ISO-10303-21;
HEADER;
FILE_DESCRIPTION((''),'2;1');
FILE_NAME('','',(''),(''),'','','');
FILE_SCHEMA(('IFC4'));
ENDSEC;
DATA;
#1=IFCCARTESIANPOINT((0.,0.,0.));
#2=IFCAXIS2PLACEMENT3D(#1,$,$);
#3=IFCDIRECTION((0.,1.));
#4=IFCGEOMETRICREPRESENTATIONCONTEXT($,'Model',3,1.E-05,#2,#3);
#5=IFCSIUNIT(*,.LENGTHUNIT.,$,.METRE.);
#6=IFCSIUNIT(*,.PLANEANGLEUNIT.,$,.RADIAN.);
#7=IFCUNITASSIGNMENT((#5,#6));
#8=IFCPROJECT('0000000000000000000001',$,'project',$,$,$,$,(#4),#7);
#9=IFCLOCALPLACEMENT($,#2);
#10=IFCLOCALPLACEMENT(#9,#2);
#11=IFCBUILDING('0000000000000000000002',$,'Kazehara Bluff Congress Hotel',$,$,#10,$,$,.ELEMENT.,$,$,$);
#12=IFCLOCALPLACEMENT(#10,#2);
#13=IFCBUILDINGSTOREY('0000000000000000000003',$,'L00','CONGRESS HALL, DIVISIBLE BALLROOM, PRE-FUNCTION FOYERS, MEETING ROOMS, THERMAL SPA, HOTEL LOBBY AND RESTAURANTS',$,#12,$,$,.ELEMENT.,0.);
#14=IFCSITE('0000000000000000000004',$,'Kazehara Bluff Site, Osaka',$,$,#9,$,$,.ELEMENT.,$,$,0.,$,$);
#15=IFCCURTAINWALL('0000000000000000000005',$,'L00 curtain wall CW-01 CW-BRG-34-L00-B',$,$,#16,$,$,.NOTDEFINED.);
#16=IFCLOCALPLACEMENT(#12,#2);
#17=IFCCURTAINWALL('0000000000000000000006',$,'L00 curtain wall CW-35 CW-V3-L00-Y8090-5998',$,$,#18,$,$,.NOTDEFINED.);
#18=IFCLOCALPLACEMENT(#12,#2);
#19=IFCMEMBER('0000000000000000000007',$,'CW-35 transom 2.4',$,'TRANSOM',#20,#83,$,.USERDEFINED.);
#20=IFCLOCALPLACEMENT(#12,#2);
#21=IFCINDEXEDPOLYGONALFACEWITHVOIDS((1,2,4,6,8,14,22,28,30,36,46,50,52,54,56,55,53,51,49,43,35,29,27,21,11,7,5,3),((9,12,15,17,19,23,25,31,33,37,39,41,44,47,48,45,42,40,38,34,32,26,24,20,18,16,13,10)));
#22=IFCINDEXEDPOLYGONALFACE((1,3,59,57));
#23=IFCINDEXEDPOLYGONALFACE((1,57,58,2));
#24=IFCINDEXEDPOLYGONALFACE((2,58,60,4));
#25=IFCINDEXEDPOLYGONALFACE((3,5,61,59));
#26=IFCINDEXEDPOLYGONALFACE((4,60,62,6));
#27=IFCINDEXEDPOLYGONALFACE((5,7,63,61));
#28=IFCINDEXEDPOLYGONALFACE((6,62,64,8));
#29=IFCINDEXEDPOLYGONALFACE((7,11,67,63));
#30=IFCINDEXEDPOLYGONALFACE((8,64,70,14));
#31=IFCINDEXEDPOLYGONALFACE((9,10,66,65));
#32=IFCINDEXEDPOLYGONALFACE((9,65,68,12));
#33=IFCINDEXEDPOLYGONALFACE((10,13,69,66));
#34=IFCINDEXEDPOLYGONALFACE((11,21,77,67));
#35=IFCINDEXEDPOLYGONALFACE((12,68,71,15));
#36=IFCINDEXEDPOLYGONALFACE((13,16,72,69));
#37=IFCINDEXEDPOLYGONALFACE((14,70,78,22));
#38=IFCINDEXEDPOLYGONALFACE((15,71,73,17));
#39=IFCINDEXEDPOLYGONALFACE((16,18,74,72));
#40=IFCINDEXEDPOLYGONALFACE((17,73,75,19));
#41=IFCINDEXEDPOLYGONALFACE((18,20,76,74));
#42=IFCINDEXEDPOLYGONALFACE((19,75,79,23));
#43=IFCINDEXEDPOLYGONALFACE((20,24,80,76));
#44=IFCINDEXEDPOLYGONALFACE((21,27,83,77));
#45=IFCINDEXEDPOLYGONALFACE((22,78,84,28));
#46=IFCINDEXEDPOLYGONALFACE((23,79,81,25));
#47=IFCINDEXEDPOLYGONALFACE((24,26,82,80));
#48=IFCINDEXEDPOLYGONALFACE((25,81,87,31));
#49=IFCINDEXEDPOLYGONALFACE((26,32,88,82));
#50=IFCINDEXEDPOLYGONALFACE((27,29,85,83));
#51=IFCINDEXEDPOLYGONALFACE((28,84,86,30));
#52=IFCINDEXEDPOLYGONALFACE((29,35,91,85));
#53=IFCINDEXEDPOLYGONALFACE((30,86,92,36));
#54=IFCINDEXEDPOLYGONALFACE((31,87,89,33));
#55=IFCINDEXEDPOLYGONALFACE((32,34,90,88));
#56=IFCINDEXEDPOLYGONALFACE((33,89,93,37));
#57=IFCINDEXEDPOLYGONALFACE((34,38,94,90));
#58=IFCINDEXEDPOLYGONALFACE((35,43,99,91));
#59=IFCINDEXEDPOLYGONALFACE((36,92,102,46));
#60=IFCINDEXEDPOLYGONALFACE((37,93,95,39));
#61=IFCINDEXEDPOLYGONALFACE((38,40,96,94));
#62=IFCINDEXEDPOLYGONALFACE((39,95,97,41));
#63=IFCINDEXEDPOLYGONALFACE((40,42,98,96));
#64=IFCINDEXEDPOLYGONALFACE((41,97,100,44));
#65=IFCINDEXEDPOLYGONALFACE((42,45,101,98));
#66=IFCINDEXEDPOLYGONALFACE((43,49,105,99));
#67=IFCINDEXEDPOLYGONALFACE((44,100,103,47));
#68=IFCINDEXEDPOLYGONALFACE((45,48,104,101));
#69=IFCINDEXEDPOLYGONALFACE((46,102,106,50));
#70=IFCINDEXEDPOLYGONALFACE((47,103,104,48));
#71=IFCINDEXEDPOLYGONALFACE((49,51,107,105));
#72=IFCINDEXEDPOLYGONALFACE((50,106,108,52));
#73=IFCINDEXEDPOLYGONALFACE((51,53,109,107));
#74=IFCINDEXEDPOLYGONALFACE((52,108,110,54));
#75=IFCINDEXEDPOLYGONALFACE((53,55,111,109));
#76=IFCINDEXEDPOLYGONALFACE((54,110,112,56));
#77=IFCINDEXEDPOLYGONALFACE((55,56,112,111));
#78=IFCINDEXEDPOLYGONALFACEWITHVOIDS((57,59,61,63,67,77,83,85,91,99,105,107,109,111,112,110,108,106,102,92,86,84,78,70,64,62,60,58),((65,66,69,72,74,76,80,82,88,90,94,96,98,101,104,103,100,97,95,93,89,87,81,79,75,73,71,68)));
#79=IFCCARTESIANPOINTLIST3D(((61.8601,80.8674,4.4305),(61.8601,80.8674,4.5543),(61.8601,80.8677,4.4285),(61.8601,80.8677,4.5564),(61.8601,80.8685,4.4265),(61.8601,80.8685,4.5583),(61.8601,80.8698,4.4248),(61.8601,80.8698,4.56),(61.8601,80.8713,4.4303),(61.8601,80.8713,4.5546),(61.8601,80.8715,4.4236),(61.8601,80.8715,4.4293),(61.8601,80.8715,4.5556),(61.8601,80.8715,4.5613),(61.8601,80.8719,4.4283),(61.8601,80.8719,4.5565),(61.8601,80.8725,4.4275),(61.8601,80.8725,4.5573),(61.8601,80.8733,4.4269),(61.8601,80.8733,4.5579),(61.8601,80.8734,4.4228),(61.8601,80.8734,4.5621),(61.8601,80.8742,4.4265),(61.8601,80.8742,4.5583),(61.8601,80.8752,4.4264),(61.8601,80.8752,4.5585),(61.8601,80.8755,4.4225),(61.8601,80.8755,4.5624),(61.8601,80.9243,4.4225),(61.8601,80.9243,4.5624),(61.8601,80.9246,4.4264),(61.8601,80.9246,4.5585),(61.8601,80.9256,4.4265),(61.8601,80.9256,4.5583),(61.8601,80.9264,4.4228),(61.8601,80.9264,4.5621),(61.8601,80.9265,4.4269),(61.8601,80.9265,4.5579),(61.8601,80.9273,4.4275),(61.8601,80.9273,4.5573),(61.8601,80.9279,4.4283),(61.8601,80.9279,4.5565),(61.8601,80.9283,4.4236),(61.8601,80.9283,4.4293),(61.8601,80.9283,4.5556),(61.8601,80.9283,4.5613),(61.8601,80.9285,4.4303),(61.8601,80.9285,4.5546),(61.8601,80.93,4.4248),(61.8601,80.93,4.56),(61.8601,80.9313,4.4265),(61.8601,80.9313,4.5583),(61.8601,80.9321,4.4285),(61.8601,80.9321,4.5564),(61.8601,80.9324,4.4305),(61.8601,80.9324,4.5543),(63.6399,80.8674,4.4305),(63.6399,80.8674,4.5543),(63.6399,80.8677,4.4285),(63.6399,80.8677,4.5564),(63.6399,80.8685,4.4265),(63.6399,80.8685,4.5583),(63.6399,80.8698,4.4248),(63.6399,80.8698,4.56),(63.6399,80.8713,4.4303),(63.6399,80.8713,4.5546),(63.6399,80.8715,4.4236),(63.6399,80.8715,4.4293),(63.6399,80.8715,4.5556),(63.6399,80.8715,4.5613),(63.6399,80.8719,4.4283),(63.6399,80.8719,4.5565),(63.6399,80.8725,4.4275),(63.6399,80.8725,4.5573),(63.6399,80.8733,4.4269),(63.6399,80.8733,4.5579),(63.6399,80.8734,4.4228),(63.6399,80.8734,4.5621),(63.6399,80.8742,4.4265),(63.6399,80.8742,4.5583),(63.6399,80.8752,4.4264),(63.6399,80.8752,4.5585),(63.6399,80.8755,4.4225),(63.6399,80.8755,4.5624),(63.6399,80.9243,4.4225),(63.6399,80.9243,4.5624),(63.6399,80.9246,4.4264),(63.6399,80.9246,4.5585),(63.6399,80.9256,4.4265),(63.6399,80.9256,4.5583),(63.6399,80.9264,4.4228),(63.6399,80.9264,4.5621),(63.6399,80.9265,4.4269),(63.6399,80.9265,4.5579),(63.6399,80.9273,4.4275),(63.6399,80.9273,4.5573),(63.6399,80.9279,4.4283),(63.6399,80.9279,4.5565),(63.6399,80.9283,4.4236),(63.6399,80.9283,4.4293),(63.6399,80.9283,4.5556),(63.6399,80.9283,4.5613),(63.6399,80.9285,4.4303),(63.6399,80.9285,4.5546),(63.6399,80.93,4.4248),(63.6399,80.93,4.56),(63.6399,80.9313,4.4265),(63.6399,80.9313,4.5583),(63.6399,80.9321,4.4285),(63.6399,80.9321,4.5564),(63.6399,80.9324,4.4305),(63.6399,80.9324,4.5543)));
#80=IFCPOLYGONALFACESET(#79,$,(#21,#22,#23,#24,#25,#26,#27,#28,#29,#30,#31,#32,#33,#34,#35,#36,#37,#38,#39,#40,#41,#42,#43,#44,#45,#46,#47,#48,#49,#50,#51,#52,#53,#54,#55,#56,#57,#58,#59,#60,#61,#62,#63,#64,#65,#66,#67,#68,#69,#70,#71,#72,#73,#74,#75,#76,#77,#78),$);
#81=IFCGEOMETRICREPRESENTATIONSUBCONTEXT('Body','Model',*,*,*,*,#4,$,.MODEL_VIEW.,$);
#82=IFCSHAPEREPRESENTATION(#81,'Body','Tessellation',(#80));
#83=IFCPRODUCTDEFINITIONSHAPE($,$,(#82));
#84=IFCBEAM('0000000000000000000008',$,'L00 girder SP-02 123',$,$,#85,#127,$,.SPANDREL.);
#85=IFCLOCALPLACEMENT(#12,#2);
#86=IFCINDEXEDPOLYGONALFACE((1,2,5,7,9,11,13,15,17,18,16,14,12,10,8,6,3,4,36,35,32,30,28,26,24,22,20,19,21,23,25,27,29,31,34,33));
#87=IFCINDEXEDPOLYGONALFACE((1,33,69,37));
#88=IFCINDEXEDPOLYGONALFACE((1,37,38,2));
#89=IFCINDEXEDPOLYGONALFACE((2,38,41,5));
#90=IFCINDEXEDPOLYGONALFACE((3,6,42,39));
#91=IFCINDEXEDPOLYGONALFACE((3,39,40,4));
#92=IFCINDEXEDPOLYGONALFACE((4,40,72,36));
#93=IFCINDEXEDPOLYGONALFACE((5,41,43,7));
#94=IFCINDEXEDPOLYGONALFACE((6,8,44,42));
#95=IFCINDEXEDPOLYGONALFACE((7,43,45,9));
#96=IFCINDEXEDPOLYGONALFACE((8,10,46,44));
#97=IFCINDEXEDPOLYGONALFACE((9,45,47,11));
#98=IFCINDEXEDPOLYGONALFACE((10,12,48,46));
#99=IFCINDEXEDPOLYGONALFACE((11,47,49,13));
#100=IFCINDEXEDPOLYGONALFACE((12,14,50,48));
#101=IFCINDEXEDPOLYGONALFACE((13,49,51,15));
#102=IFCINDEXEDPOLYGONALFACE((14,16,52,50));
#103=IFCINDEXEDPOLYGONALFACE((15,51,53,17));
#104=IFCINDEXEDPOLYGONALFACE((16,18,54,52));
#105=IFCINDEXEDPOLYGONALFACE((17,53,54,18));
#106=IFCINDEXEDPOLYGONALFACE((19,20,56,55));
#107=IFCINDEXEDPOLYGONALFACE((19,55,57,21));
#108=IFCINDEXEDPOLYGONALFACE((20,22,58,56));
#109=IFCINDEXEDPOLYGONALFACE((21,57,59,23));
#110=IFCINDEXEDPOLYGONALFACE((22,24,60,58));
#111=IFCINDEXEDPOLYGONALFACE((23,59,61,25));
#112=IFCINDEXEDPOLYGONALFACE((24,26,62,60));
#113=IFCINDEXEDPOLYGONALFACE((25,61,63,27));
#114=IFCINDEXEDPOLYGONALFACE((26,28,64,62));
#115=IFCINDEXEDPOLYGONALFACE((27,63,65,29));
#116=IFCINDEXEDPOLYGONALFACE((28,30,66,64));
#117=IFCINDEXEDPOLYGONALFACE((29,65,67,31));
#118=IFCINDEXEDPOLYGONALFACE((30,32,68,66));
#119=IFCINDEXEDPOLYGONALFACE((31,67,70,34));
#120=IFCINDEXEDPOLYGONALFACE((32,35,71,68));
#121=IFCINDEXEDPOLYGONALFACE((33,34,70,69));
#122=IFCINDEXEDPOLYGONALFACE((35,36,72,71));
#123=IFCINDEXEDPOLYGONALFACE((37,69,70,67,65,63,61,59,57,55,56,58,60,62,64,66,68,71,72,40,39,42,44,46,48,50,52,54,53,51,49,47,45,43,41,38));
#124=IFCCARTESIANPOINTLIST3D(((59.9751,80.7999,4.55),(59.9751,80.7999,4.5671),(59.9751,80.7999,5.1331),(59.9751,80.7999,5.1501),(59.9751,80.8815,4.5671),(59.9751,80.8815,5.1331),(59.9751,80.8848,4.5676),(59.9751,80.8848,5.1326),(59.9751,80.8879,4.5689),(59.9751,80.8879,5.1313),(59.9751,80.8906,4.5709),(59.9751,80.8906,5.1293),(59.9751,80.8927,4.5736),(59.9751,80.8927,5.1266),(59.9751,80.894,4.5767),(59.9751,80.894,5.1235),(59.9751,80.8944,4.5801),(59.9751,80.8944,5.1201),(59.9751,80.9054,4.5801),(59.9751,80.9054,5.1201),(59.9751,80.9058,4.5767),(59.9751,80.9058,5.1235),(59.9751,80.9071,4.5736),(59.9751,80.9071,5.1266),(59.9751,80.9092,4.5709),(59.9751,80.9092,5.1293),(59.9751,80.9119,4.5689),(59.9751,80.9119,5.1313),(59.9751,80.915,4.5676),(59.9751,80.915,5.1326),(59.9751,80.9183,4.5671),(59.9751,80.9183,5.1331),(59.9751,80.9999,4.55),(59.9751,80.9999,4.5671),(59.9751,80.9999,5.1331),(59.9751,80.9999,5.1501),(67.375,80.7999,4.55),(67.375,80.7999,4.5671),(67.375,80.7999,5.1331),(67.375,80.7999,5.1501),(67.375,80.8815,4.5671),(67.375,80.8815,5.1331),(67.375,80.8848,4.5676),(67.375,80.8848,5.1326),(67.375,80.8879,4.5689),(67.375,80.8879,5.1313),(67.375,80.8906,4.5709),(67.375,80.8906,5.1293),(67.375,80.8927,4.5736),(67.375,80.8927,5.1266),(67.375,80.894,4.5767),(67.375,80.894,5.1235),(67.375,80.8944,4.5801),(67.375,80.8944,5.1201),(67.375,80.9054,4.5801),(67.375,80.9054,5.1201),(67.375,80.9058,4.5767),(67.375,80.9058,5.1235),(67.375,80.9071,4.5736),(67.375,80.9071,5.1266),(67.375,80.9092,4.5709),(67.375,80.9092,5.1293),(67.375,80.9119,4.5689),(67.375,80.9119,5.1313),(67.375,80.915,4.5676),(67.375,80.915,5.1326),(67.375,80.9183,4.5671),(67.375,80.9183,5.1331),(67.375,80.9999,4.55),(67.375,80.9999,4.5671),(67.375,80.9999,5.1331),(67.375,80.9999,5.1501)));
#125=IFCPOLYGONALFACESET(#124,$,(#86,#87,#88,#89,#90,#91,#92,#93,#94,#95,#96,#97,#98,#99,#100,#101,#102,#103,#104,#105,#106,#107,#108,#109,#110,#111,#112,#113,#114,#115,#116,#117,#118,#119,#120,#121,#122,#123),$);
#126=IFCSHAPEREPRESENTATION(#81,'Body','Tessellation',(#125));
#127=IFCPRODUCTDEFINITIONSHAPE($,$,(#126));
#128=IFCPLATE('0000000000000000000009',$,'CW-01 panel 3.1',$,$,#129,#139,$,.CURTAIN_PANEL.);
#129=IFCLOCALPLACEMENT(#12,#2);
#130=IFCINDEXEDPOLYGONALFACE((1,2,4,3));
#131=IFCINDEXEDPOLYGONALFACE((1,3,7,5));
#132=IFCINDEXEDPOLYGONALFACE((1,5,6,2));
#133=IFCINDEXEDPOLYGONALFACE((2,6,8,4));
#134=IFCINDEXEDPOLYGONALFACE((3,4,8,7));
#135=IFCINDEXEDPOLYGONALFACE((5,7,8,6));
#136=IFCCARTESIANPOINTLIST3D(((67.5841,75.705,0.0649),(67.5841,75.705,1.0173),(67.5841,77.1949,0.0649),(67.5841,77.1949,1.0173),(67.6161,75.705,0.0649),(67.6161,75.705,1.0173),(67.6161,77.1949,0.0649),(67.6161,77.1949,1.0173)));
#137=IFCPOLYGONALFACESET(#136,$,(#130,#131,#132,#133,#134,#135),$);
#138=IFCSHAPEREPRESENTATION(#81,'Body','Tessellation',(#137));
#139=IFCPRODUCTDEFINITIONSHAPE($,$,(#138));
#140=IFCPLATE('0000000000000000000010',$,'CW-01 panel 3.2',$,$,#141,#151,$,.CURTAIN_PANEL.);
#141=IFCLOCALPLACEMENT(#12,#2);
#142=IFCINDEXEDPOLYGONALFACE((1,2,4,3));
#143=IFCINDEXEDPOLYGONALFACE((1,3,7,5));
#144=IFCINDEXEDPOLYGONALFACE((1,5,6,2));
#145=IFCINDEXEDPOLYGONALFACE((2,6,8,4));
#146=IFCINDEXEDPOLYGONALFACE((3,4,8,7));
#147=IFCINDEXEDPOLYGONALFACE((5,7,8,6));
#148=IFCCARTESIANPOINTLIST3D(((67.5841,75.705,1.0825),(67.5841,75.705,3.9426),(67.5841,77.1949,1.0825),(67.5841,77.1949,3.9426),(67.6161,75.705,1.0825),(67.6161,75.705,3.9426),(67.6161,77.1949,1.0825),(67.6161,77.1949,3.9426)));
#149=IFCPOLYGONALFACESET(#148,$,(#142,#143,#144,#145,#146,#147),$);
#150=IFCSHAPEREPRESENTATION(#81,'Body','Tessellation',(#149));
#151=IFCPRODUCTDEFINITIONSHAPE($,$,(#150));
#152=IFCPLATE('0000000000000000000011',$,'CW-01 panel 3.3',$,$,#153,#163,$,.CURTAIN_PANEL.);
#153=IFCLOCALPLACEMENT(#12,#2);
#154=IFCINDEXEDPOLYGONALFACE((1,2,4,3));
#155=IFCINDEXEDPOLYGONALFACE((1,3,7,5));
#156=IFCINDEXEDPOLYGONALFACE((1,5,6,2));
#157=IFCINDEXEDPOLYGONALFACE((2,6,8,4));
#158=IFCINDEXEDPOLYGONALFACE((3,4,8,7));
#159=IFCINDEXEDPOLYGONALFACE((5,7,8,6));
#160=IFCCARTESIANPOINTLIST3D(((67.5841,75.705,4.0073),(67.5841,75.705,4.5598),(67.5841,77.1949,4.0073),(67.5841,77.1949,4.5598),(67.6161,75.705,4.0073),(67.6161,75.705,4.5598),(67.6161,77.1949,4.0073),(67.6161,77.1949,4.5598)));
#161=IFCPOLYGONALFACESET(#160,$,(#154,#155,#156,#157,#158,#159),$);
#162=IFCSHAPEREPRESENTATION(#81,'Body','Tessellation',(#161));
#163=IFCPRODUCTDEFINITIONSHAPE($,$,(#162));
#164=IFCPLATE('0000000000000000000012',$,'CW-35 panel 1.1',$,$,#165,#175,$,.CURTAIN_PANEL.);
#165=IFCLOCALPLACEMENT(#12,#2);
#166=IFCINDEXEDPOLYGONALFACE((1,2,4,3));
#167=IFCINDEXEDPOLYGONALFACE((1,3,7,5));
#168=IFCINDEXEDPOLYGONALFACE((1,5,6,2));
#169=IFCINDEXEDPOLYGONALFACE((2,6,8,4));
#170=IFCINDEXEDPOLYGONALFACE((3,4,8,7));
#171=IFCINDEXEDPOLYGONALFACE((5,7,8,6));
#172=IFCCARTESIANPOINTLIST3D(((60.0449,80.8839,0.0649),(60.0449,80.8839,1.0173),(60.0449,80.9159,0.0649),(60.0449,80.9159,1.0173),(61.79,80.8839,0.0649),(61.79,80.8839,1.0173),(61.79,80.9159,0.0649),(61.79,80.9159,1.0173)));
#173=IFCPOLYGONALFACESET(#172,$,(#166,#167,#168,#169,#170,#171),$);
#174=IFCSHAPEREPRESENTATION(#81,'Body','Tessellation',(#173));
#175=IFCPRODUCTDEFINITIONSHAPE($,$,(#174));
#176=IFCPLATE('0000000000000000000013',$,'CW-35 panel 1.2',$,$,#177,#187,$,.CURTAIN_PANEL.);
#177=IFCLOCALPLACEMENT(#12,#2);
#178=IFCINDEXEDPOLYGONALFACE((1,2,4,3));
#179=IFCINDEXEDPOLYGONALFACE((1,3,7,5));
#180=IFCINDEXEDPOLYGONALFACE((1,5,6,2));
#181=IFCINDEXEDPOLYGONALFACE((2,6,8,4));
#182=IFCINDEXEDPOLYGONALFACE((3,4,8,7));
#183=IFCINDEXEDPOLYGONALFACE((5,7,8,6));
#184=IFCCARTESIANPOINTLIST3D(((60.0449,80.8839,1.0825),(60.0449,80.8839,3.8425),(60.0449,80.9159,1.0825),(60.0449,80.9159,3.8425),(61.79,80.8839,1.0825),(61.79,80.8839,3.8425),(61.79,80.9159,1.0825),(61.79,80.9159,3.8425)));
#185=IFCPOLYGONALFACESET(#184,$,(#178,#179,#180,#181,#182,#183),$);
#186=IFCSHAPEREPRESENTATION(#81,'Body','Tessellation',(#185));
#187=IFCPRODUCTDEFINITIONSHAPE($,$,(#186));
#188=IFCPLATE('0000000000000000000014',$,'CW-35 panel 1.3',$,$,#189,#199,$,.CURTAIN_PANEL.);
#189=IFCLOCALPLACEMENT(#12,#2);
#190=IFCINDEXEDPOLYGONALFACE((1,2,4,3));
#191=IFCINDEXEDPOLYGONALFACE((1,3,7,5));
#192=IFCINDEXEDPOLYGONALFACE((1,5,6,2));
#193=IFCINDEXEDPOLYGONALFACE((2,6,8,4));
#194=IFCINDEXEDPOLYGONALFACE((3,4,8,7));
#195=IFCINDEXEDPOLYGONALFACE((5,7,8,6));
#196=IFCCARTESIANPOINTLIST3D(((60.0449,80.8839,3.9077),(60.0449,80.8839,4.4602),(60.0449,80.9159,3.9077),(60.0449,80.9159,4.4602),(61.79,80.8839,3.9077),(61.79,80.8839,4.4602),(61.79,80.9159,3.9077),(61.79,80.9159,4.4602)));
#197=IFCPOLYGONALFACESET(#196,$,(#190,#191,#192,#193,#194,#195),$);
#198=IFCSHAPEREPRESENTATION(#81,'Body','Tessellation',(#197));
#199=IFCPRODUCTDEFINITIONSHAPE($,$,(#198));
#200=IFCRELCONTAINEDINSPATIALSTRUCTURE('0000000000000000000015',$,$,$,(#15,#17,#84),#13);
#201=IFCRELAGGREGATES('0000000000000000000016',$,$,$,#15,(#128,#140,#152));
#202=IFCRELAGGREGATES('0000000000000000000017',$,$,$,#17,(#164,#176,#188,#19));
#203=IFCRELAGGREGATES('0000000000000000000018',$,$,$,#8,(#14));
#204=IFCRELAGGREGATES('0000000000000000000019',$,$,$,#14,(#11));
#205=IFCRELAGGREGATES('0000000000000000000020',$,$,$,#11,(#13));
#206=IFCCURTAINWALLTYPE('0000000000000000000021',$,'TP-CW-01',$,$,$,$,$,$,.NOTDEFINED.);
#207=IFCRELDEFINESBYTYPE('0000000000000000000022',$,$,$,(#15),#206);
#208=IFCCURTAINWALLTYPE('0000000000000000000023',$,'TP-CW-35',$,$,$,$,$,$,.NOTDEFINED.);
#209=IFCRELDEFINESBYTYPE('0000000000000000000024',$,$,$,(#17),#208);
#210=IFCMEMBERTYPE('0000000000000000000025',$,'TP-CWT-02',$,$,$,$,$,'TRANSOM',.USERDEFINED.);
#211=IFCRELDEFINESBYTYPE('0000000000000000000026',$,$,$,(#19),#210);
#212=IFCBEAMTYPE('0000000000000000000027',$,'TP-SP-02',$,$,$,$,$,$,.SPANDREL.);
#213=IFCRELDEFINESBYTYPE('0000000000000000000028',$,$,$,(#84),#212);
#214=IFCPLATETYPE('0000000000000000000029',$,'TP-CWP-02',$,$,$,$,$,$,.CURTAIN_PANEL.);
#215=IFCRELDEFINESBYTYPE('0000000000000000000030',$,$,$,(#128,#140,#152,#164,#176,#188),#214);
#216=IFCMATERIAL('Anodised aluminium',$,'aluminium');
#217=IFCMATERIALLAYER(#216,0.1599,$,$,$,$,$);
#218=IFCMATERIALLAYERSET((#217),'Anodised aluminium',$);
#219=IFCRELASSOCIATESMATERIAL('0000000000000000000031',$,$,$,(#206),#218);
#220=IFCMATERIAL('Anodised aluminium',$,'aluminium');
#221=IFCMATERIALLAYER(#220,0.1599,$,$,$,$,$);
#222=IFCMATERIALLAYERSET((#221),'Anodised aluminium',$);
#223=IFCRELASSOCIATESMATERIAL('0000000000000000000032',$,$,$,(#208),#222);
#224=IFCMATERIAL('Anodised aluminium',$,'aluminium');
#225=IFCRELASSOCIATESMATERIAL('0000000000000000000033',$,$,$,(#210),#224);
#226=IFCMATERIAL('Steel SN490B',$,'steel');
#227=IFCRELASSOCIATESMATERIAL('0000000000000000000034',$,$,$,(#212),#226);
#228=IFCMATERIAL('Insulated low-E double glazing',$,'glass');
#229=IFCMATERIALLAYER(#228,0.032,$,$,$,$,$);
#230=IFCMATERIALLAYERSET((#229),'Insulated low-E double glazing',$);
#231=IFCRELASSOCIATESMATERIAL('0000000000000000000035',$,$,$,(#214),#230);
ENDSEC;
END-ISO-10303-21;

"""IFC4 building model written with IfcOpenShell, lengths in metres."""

from ifc_helpers import new_model, si_unit, direction, frame, origin, origin_2d, place, context, subcontext, project, spatial, rectangle, hollow_rectangle, i_section, extrude, material, layer, layer_set, material_profile, profile_set, type_object, element, aggregate, save


model = new_model("IFC4")

# Units and contexts
model_context = context("Model", 3, precision=1e-05, world=origin(), true_north=direction((0.0, 1.0)))
body_context = subcontext(model_context, "Body", "Model", "MODEL_VIEW")
ifc_project = project(units=[si_unit("LENGTHUNIT", "METRE"), si_unit("PLANEANGLEUNIT", "RADIAN")], contexts=[model_context])

# Site, building, storey
site_placement = place(None, origin())
site = spatial("IfcSite", under=ifc_project, at=site_placement, Name="Kazehara Bluff Site, Osaka", CompositionType="ELEMENT", RefElevation=0.0)
building_placement = place(site_placement, origin())
building = spatial("IfcBuilding", under=site, at=building_placement, Name="Kazehara Bluff Congress Hotel", CompositionType="ELEMENT")
storey_placement = place(building_placement, origin())
storey = spatial("IfcBuildingStorey", under=building, at=storey_placement, Name="L00", Description="CONGRESS HALL, DIVISIBLE BALLROOM, PRE-FUNCTION FOYERS, MEETING ROOMS, THERMAL SPA, HOTEL LOBBY AND RESTAURANTS", CompositionType="ELEMENT", Elevation=0.0)

# Curtain walls
ifc_material_1 = material(Name="Anodised aluminium", Category="aluminium")
ifc_layer_1 = layer(ifc_material_1, 0.1599)
ifc_layer_set_1 = layer_set([ifc_layer_1], Name="Anodised aluminium")
curtain_wall_type_1 = type_object("IfcCurtainWallType", Name="TP-CW-01", PredefinedType="NOTDEFINED", material=ifc_layer_set_1)
curtain_wall_1_placement = place(storey_placement, origin())
curtain_wall_1 = element("IfcCurtainWall", 1, at=curtain_wall_1_placement, inside=storey, type_object=curtain_wall_type_1, Name="L00 curtain wall CW-01 CW-BRG-34-L00-B", PredefinedType="NOTDEFINED")
ifc_material_2 = material(Name="Anodised aluminium", Category="aluminium")
ifc_layer_2 = layer(ifc_material_2, 0.1599)
ifc_layer_set_2 = layer_set([ifc_layer_2], Name="Anodised aluminium")
curtain_wall_type_2 = type_object("IfcCurtainWallType", Name="TP-CW-35", PredefinedType="NOTDEFINED", material=ifc_layer_set_2)
curtain_wall_2_placement = place(storey_placement, origin())
curtain_wall_2 = element("IfcCurtainWall", 2, at=curtain_wall_2_placement, inside=storey, type_object=curtain_wall_type_2, Name="L00 curtain wall CW-35 CW-V3-L00-Y8090-5998", PredefinedType="NOTDEFINED")

# Member
ifc_material_3 = material(Name="Anodised aluminium", Category="aluminium")
ifc_material_profile_1 = material_profile(ifc_material_3, hollow_rectangle(XDim=0.0649, YDim=0.1399, WallThickness=0.0039, InnerFilletRadius=0.0039, OuterFilletRadius=0.0081, at=origin_2d()))
ifc_profile_set_1 = profile_set([ifc_material_profile_1], Name="Anodised aluminium")
member_type_1 = type_object("IfcMemberType", Name="TP-CWT-02", ElementType="TRANSOM", PredefinedType="USERDEFINED", material=ifc_profile_set_1)
member_1_placement = place(storey_placement, frame((61.8601, 80.8999, 4.4924), z_axis=(1.0, 0.0, 0.0), x_axis=(0.0, 1.0, 0.0)))
member_1 = element("IfcMember", 3, at=member_1_placement, type_object=member_type_1, Name="CW-35 transom 2.4", ObjectType="TRANSOM", PredefinedType="USERDEFINED", context=body_context, shape_type="SweptSolid", body=[
    extrude(hollow_rectangle(XDim=0.0649, YDim=0.1399, WallThickness=0.0039, InnerFilletRadius=0.0039, OuterFilletRadius=0.0081, at=origin_2d()), origin(), (0.0, 0.0, 1.0), 1.7798),
])

# Beam
ifc_material_4 = material(Name="Steel SN490B", Category="steel")
ifc_material_profile_2 = material_profile(ifc_material_4, i_section(OverallWidth=0.2, OverallDepth=0.6001, WebThickness=0.011, FlangeThickness=0.0171, FilletRadius=0.0129, at=origin_2d()))
ifc_profile_set_2 = profile_set([ifc_material_profile_2], Name="Steel SN490B")
beam_type = type_object("IfcBeamType", Name="TP-SP-02", PredefinedType="SPANDREL", material=ifc_profile_set_2)
beam_placement = place(storey_placement, frame((59.9751, 80.8999, 4.8501), z_axis=(1.0, 0.0, 0.0), x_axis=(0.0, 1.0, 0.0)))
element("IfcBeam", 4, at=beam_placement, inside=storey, type_object=beam_type, Name="L00 girder SP-02 123", PredefinedType="SPANDREL", context=body_context, shape_type="SweptSolid", body=[
    extrude(i_section(OverallWidth=0.2, OverallDepth=0.6001, WebThickness=0.011, FlangeThickness=0.0171, FilletRadius=0.0129, at=origin_2d()), origin(), (0.0, 0.0, 1.0), 7.3999),
])

# Plates
ifc_material_5 = material(Name="Insulated low-E double glazing", Category="glass")
ifc_layer_3 = layer(ifc_material_5, 0.032)
ifc_layer_set_3 = layer_set([ifc_layer_3], Name="Insulated low-E double glazing")
plate_type = type_object("IfcPlateType", Name="TP-CWP-02", PredefinedType="CURTAIN_PANEL", material=ifc_layer_set_3)
plate_1_placement = place(storey_placement, frame((67.6001, 76.45, 0.0649), z_axis=(0.0, 0.0, 1.0), x_axis=(0.0, 1.0, 0.0)))
plate_1 = element("IfcPlate", 5, at=plate_1_placement, type_object=plate_type, Name="CW-01 panel 3.1", PredefinedType="CURTAIN_PANEL", context=body_context, shape_type="SweptSolid", body=[
    extrude(rectangle(XDim=1.49, YDim=0.032, at=origin_2d()), origin(), (0.0, 0.0, 1.0), 0.9524),
])
plate_2_placement = place(storey_placement, frame((67.6001, 76.45, 1.0825), z_axis=(0.0, 0.0, 1.0), x_axis=(0.0, 1.0, 0.0)))
plate_2 = element("IfcPlate", 6, at=plate_2_placement, type_object=plate_type, Name="CW-01 panel 3.2", PredefinedType="CURTAIN_PANEL", context=body_context, shape_type="SweptSolid", body=[
    extrude(rectangle(XDim=1.49, YDim=0.032, at=origin_2d()), origin(), (0.0, 0.0, 1.0), 2.8601),
])
plate_3_placement = place(storey_placement, frame((67.6001, 76.45, 4.0073), z_axis=(0.0, 0.0, 1.0), x_axis=(0.0, 1.0, 0.0)))
plate_3 = element("IfcPlate", 7, at=plate_3_placement, type_object=plate_type, Name="CW-01 panel 3.3", PredefinedType="CURTAIN_PANEL", context=body_context, shape_type="SweptSolid", body=[
    extrude(rectangle(XDim=1.49, YDim=0.032, at=origin_2d()), origin(), (0.0, 0.0, 1.0), 0.5525),
])
aggregate(curtain_wall_1, [plate_1, plate_2, plate_3])
plate_4_placement = place(storey_placement, frame((60.9175, 80.8999, 0.0649), z_axis=(0.0, 0.0, 1.0), x_axis=(1.0, 0.0, 0.0)))
plate_4 = element("IfcPlate", 8, at=plate_4_placement, type_object=plate_type, Name="CW-35 panel 1.1", PredefinedType="CURTAIN_PANEL", context=body_context, shape_type="SweptSolid", body=[
    extrude(rectangle(XDim=1.7451, YDim=0.032, at=origin_2d()), origin(), (0.0, 0.0, 1.0), 0.9524),
])
plate_5_placement = place(storey_placement, frame((60.9175, 80.8999, 1.0825), z_axis=(0.0, 0.0, 1.0), x_axis=(1.0, 0.0, 0.0)))
plate_5 = element("IfcPlate", 9, at=plate_5_placement, type_object=plate_type, Name="CW-35 panel 1.2", PredefinedType="CURTAIN_PANEL", context=body_context, shape_type="SweptSolid", body=[
    extrude(rectangle(XDim=1.7451, YDim=0.032, at=origin_2d()), origin(), (0.0, 0.0, 1.0), 2.76),
])
plate_6_placement = place(storey_placement, frame((60.9175, 80.8999, 3.9077), z_axis=(0.0, 0.0, 1.0), x_axis=(1.0, 0.0, 0.0)))
plate_6 = element("IfcPlate", 10, at=plate_6_placement, type_object=plate_type, Name="CW-35 panel 1.3", PredefinedType="CURTAIN_PANEL", context=body_context, shape_type="SweptSolid", body=[
    extrude(rectangle(XDim=1.7451, YDim=0.032, at=origin_2d()), origin(), (0.0, 0.0, 1.0), 0.5525),
])
aggregate(curtain_wall_2, [plate_4, plate_5, plate_6, member_1])

save(model, "model.ifc")
